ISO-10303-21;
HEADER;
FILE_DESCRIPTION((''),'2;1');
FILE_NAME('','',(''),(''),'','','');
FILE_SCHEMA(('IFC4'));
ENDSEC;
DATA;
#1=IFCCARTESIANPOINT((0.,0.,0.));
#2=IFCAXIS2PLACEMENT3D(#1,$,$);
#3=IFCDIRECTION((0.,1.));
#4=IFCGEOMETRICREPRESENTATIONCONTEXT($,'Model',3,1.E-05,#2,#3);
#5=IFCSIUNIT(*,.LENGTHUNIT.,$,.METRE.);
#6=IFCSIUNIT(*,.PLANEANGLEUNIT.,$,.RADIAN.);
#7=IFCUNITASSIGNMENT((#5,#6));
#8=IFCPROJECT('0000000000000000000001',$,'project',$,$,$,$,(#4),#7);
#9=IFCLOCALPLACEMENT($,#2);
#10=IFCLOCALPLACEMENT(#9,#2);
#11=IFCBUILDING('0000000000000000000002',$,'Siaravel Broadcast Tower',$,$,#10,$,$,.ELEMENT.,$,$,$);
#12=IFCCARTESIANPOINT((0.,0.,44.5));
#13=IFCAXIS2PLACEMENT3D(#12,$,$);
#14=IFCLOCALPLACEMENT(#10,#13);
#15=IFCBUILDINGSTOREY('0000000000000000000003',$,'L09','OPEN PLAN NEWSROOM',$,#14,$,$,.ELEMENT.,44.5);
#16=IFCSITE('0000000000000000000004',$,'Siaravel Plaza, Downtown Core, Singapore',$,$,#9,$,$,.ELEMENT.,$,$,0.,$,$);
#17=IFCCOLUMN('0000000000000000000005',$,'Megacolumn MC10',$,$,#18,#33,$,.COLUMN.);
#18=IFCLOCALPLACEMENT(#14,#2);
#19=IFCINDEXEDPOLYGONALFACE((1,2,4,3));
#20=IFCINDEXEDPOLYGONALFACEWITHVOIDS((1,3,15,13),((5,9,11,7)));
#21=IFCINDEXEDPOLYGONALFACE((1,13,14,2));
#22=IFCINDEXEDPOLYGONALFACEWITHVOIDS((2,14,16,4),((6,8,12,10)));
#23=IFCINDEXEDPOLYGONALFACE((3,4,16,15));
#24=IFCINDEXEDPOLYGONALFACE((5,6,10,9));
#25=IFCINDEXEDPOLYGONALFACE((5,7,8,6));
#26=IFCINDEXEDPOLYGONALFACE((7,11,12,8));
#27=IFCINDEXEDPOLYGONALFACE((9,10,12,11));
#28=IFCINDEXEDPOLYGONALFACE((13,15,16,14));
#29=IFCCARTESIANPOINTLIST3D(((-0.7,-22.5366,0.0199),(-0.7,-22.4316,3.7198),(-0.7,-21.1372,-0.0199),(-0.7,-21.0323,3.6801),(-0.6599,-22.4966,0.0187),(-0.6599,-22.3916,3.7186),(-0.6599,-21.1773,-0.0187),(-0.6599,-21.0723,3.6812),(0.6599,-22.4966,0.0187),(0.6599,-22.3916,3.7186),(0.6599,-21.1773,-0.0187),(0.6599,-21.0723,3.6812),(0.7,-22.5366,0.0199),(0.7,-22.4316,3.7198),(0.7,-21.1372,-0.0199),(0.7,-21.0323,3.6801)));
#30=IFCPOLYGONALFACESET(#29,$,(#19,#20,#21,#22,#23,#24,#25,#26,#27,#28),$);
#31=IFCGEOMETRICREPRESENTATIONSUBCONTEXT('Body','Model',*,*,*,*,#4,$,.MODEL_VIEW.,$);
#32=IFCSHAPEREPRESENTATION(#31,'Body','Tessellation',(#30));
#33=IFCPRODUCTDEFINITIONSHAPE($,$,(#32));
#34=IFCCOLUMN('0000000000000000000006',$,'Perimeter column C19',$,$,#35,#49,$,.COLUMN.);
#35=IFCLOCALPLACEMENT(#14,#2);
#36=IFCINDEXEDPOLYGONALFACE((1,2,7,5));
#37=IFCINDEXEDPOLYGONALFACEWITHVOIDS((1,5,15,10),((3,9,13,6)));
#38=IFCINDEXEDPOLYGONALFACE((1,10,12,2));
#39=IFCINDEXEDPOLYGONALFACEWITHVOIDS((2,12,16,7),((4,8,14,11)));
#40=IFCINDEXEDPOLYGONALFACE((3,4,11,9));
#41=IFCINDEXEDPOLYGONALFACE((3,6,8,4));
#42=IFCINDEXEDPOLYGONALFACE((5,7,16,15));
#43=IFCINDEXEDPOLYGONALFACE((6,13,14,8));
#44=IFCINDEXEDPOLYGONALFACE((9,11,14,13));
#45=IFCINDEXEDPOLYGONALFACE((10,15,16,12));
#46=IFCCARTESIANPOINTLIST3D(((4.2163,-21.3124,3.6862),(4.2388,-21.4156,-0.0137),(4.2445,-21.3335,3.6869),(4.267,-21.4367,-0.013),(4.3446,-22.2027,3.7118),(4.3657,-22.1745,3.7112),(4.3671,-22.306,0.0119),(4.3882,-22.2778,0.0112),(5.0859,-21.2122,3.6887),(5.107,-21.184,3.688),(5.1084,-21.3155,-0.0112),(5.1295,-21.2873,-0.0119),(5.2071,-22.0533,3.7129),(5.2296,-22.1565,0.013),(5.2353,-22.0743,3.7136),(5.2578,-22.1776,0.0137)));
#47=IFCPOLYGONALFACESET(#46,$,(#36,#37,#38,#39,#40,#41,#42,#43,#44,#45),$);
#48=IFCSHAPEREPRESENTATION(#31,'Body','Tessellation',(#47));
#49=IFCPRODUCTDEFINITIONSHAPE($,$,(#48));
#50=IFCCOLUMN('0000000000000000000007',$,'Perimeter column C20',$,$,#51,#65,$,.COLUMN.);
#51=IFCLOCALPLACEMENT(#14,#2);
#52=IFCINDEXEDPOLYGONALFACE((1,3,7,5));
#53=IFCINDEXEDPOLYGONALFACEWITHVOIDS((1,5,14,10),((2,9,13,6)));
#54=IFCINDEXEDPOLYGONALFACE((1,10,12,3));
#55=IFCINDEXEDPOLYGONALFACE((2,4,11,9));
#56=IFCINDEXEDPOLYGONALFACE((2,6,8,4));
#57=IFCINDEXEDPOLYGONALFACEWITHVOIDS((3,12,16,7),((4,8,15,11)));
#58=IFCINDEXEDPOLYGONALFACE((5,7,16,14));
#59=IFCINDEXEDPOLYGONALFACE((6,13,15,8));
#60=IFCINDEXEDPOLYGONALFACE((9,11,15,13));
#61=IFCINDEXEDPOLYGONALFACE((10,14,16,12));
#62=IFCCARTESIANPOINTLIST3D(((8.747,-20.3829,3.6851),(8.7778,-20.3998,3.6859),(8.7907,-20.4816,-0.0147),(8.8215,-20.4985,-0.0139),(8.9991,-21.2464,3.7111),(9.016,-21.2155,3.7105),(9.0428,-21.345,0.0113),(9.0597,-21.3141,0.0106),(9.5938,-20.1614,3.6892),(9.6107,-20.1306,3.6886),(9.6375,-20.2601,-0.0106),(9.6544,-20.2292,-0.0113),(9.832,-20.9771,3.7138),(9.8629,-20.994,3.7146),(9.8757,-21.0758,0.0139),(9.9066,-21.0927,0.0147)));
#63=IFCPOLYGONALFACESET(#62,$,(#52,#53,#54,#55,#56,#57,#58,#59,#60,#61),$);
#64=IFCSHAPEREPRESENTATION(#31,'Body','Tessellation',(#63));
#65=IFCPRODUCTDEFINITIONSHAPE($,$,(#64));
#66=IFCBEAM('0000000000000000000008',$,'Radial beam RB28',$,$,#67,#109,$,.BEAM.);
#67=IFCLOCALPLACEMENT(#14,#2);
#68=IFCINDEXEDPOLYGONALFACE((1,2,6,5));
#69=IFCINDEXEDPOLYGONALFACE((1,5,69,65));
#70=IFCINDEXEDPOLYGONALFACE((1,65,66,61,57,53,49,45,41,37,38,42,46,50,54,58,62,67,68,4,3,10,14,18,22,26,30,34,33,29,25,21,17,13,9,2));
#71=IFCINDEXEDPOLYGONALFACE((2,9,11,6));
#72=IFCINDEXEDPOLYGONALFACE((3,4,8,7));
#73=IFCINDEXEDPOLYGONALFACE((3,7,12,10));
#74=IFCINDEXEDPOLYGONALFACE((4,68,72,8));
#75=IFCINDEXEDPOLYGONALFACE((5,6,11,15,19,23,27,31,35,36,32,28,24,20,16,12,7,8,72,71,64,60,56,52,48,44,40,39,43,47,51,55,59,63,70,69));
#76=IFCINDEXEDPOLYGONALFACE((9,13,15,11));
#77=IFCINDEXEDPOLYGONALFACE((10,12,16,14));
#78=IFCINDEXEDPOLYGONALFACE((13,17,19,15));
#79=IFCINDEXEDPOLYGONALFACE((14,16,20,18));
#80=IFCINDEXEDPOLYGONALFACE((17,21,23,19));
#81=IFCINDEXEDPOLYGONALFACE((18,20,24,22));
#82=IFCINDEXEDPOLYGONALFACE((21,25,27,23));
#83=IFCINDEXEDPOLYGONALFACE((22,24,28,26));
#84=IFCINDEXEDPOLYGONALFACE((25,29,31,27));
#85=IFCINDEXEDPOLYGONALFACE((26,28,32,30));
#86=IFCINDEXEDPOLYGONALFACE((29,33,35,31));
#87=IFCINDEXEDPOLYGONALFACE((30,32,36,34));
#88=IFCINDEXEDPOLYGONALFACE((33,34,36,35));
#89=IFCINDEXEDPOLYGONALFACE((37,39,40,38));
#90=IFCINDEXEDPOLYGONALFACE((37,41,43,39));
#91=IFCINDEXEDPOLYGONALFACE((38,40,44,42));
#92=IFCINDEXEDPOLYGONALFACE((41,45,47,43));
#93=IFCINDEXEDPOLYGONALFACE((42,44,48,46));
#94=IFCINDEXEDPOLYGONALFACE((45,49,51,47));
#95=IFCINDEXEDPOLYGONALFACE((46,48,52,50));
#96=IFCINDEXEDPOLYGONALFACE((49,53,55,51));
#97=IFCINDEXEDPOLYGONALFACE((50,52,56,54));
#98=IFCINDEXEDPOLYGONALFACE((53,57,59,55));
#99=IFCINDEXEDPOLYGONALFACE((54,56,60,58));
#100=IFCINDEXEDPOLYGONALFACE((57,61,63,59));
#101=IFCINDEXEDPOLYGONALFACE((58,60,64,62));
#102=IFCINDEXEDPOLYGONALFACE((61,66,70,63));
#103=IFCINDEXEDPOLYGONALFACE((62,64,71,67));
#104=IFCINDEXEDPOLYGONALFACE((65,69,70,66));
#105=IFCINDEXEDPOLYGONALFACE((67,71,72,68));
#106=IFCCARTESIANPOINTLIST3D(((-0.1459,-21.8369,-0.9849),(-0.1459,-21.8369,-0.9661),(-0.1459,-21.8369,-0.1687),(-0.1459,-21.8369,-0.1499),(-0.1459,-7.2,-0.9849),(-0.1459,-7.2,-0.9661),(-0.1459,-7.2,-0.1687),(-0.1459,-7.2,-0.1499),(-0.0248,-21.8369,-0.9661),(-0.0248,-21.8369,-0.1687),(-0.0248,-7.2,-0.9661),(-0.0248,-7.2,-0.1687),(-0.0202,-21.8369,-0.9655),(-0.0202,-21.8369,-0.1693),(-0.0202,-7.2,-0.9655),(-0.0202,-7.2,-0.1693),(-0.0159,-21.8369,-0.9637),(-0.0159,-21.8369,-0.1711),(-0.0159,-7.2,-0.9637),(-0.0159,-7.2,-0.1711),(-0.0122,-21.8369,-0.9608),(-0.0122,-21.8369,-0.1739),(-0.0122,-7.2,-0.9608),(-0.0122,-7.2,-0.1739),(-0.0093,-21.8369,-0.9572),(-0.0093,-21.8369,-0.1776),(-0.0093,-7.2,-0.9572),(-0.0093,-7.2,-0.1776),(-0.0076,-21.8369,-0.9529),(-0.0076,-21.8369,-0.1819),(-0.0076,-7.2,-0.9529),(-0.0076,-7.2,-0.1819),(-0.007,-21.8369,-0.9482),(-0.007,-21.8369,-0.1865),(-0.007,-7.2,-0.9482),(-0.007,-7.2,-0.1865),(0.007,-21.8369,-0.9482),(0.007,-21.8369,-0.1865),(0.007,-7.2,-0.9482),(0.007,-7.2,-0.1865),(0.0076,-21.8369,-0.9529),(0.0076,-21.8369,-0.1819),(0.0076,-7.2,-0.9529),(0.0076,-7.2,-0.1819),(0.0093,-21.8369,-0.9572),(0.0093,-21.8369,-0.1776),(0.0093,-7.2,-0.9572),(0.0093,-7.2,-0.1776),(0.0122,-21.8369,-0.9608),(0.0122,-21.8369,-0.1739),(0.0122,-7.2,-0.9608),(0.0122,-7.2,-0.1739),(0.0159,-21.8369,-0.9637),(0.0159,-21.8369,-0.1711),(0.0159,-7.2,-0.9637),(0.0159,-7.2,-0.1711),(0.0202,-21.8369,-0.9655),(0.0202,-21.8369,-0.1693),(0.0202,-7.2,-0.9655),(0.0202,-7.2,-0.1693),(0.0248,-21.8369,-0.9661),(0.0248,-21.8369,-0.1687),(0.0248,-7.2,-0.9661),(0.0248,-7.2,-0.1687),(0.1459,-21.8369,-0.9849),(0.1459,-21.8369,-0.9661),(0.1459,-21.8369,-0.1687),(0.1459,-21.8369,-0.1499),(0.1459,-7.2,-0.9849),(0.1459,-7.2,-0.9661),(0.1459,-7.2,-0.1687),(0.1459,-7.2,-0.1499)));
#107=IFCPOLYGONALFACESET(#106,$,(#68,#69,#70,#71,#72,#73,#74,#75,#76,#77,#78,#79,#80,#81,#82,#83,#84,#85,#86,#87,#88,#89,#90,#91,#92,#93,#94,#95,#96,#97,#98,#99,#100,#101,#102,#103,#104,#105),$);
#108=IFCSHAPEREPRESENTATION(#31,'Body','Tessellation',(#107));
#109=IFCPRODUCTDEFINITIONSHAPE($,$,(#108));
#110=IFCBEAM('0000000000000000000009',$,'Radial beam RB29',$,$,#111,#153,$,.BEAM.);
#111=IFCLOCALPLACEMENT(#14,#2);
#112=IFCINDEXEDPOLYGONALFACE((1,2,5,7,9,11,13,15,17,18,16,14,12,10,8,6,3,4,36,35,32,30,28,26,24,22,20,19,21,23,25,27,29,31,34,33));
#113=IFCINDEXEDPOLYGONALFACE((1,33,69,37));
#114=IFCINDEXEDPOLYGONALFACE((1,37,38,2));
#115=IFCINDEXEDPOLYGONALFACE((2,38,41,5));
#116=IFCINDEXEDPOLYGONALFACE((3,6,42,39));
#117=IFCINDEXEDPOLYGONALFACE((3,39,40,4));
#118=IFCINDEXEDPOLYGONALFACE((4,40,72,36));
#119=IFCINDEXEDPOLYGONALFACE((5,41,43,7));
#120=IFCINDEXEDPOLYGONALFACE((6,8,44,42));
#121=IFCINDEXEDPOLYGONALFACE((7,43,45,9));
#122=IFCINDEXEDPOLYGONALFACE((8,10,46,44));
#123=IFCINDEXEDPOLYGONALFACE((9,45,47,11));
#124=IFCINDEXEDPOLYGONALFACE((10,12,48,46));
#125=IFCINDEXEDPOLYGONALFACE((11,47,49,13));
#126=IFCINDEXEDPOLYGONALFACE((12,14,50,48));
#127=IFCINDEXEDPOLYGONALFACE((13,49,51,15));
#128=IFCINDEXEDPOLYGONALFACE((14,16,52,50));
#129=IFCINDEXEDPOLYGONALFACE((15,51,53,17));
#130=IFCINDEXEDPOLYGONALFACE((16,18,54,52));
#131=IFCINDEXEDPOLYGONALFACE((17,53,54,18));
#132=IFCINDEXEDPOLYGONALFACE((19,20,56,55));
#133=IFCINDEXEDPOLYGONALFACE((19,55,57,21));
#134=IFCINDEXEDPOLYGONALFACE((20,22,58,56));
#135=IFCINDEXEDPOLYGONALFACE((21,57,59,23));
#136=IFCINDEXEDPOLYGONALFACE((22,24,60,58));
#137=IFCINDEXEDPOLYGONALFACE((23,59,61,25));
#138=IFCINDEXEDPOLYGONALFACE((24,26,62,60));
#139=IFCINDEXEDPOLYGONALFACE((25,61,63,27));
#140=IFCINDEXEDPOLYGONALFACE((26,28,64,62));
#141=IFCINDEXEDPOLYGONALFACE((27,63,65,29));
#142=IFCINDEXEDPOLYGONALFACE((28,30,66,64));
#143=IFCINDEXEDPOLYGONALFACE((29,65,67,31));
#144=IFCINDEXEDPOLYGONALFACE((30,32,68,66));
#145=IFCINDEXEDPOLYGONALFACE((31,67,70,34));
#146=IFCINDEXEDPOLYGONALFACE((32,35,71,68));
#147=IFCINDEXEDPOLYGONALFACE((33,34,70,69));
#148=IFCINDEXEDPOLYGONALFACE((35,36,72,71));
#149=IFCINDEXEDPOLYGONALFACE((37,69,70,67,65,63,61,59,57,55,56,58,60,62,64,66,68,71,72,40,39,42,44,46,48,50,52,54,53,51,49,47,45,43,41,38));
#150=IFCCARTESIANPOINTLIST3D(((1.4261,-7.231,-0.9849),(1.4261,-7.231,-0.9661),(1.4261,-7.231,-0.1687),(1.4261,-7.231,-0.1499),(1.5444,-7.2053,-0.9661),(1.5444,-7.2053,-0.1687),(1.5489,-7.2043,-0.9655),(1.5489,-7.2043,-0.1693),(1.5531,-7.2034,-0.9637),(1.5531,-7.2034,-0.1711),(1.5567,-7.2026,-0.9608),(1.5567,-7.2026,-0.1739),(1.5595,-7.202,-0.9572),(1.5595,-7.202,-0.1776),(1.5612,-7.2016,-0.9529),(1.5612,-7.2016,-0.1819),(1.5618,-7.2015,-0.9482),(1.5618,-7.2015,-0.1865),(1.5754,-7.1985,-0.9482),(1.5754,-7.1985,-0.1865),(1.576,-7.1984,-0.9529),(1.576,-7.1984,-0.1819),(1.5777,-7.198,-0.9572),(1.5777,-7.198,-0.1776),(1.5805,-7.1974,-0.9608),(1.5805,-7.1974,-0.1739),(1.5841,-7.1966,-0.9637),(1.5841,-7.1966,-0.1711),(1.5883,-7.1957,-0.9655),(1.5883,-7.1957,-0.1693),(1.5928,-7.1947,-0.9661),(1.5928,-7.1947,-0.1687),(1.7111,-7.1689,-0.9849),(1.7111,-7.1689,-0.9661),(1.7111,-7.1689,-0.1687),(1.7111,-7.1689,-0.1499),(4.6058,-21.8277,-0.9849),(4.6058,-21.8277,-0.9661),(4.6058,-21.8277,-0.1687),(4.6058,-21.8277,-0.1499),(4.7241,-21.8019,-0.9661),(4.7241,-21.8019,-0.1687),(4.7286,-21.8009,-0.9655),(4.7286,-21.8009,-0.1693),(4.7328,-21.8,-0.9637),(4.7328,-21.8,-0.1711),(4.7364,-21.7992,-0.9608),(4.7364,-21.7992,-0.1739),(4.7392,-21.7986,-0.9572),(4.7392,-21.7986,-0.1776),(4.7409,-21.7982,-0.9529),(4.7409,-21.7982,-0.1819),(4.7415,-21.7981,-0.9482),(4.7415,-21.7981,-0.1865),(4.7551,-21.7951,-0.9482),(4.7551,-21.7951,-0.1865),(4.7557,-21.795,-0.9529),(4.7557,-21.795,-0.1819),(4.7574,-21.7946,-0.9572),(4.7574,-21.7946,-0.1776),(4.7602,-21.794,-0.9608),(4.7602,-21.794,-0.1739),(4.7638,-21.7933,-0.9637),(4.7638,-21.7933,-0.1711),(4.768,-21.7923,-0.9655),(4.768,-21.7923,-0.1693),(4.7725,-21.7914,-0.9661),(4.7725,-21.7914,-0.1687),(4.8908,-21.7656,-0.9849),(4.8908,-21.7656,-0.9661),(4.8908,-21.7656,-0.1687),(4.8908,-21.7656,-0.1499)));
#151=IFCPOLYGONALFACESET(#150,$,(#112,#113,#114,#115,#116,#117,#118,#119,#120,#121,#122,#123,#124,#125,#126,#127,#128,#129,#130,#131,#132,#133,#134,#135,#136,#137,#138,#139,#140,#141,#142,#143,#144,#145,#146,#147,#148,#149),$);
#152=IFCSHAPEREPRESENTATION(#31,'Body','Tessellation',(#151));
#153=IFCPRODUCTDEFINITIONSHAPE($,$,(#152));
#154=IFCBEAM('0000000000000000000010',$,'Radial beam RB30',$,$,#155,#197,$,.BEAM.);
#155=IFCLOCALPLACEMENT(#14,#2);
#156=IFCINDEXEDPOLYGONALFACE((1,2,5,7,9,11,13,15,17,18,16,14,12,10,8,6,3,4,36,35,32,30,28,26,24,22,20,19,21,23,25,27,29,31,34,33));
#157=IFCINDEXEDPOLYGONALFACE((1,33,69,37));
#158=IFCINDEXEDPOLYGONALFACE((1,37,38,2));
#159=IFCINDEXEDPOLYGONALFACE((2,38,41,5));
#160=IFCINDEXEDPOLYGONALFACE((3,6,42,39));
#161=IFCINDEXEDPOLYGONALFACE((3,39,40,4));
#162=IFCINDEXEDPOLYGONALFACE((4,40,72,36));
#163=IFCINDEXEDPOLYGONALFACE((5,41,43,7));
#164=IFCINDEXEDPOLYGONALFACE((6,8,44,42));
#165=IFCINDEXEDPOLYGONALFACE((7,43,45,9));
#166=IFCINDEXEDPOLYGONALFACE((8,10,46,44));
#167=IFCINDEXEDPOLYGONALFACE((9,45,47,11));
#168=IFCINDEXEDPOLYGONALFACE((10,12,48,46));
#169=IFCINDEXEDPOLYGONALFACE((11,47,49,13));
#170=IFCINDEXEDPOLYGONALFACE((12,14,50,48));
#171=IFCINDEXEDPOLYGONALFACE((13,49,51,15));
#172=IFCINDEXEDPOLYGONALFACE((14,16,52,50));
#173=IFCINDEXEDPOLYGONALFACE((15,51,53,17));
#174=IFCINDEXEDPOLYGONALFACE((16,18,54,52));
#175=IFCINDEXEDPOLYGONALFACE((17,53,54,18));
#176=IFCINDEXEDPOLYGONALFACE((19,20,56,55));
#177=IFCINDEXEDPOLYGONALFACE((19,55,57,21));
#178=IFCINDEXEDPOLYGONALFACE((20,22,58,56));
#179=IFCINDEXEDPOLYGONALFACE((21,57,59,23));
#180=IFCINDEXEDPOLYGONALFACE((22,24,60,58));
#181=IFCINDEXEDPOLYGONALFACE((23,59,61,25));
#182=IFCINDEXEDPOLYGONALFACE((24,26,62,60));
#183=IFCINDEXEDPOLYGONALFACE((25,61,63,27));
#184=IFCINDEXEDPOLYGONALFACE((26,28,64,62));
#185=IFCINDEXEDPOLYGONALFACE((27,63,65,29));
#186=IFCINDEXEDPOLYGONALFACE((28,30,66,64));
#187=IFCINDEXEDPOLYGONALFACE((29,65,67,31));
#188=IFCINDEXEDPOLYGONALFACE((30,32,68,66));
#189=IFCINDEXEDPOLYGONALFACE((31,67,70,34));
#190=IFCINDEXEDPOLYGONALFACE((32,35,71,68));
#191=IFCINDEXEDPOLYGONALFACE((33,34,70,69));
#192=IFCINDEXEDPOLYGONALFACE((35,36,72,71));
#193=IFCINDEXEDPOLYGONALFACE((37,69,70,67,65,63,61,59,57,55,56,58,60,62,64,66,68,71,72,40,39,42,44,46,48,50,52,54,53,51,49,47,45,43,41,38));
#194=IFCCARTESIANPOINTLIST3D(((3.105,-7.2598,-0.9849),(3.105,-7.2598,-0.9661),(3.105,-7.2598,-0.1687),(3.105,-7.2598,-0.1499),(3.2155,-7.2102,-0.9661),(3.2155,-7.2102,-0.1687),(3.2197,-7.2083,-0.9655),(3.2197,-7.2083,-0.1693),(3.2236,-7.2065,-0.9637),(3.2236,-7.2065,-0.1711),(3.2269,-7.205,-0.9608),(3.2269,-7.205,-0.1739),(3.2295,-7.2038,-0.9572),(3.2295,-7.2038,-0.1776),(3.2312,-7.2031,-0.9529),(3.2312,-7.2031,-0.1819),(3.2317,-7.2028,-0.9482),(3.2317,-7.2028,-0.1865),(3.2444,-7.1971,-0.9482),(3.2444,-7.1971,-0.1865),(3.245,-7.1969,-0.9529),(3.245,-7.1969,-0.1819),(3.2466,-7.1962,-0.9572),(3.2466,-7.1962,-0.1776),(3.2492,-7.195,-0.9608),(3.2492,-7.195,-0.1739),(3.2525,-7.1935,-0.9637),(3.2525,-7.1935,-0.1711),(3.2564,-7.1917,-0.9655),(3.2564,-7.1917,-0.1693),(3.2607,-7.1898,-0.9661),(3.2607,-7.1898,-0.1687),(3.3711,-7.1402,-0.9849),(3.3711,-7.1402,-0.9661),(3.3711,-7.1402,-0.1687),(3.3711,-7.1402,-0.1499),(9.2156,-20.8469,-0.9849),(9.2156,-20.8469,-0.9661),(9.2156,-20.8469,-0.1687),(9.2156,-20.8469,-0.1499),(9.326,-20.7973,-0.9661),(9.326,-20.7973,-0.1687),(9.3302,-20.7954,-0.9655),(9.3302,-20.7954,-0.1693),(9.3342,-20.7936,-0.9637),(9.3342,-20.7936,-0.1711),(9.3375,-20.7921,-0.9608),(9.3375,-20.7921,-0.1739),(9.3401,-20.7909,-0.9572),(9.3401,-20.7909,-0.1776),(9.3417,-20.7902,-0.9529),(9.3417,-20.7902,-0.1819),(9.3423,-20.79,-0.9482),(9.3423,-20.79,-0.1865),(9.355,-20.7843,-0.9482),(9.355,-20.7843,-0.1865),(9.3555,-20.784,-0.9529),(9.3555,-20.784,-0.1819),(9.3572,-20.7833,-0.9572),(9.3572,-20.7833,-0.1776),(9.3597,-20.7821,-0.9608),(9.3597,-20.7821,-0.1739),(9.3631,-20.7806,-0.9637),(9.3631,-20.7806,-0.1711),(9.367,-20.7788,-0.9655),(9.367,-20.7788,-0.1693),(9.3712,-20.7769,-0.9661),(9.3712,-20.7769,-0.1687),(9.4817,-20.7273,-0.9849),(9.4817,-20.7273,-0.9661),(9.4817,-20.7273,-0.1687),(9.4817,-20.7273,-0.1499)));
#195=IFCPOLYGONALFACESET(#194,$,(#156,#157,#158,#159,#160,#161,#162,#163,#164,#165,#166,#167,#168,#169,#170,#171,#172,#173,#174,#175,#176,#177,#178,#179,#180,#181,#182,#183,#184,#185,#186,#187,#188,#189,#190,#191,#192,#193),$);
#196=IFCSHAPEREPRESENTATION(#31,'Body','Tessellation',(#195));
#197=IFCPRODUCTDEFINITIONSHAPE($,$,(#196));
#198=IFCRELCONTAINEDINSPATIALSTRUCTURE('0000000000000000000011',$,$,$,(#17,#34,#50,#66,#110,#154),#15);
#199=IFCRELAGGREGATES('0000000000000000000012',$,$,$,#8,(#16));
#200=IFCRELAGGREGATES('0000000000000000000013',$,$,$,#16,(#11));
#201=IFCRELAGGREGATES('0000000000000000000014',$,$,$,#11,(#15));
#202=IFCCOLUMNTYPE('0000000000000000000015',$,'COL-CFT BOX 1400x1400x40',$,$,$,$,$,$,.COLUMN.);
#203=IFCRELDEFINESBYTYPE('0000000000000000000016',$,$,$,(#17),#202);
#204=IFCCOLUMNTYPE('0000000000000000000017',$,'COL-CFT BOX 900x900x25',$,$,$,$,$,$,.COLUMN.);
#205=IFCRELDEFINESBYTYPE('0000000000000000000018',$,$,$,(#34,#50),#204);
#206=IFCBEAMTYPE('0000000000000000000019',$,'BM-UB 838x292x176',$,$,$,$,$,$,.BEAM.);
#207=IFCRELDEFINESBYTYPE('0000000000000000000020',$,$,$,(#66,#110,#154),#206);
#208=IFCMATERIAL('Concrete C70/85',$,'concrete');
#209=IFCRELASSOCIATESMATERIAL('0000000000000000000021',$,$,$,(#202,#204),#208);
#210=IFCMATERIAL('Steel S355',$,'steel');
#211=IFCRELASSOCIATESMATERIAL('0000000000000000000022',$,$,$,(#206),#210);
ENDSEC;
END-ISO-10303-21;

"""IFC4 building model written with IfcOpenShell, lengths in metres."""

from ifc_helpers import new_model, si_unit, direction, frame, origin, origin_2d, place, context, subcontext, project, spatial, hollow_rectangle, i_section, extrude, material, material_profile, profile_set, type_object, element, save


model = new_model("IFC4")

# Units and contexts
model_context = context("Model", 3, precision=1e-05, world=origin(), true_north=direction((0.0, 1.0)))
body_context = subcontext(model_context, "Body", "Model", "MODEL_VIEW")
ifc_project = project(units=[si_unit("LENGTHUNIT", "METRE"), si_unit("PLANEANGLEUNIT", "RADIAN")], contexts=[model_context])

# Site, building, storey
site_placement = place(None, origin())
site = spatial("IfcSite", under=ifc_project, at=site_placement, Name="Siaravel Plaza, Downtown Core, Singapore", CompositionType="ELEMENT", RefElevation=0.0)
building_placement = place(site_placement, origin())
building = spatial("IfcBuilding", under=site, at=building_placement, Name="Siaravel Broadcast Tower", CompositionType="ELEMENT")
storey_placement = place(building_placement, frame((0.0, 0.0, 44.5)))
storey = spatial("IfcBuildingStorey", under=building, at=storey_placement, Name="L09", Description="OPEN PLAN NEWSROOM", CompositionType="ELEMENT", Elevation=44.5)

# Columns
ifc_material_1 = material(Name="Concrete C70/85", Category="concrete")
ifc_material_profile_1 = material_profile(ifc_material_1, hollow_rectangle(XDim=1.3999, YDim=1.3999, WallThickness=0.04, at=origin_2d()))
ifc_profile_set_1 = profile_set([ifc_material_profile_1], Name="Concrete C70/85")
column_type_1 = type_object("IfcColumnType", Name="COL-CFT BOX 1400x1400x40", PredefinedType="COLUMN", material=ifc_profile_set_1)
column_placement = place(storey_placement, frame((0.0, -21.8369, 0.0), z_axis=(0.0, 0.028362, 0.999598), x_axis=(-1.0, 0.0, 0.0)))
element("IfcColumn", 1, at=column_placement, inside=storey, type_object=column_type_1, Name="Megacolumn MC10", PredefinedType="COLUMN", context=body_context, shape_type="SweptSolid", body=[
    extrude(hollow_rectangle(XDim=1.3999, YDim=1.3999, WallThickness=0.04, at=origin_2d()), origin(), (0.0, 0.0, 1.0), 3.7014),
])
ifc_material_profile_2 = material_profile(ifc_material_1, hollow_rectangle(XDim=0.8999, YDim=0.8999, WallThickness=0.0249, at=origin_2d()))
ifc_profile_set_2 = profile_set([ifc_material_profile_2], Name="Concrete C70/85")
column_type_2 = type_object("IfcColumnType", Name="COL-CFT BOX 900x900x25", PredefinedType="COLUMN", material=ifc_profile_set_2)
for number, where, z_axis, x_axis, name in (
    (2, (4.7483, -21.7966, 0.0), (-0.006068, 0.0279, 0.999592), (-0.989772, -0.142647, -0.002027), "Perimeter column C19"),
    (3, (9.3486, -20.7871, 0.0), (-0.011806, 0.026647, 0.999575), (-0.959867, -0.280428, -0.003862), "Perimeter column C20"),
):
    element("IfcColumn", number, at=place(storey_placement, frame(where, z_axis=z_axis, x_axis=x_axis)), inside=storey, type_object=column_type_2, Name=name, PredefinedType="COLUMN", context=body_context, shape_type="SweptSolid", body=[
        extrude(hollow_rectangle(XDim=0.8999, YDim=0.8999, WallThickness=0.0249, at=origin_2d()), origin(), (0.0, 0.0, 1.0), 3.7014),
    ])

# Beams
ifc_material_2 = material(Name="Steel S355", Category="steel")
ifc_material_profile_3 = material_profile(ifc_material_2, i_section(OverallWidth=0.2917, OverallDepth=0.835, WebThickness=0.0139, FlangeThickness=0.0188, FilletRadius=0.0178, at=origin_2d()))
ifc_profile_set_3 = profile_set([ifc_material_profile_3], Name="Steel S355")
beam_type = type_object("IfcBeamType", Name="BM-UB 838x292x176", PredefinedType="BEAM", material=ifc_profile_set_3)
beam_1_placement = place(storey_placement, frame((0.0, -21.8369, -0.5674), z_axis=(0.0, 1.0, 0.0), x_axis=(-1.0, 0.0, 0.0)))
element("IfcBeam", 4, at=beam_1_placement, inside=storey, type_object=beam_type, Name="Radial beam RB28", PredefinedType="BEAM", context=body_context, shape_type="SweptSolid", body=[
    extrude(i_section(OverallWidth=0.2917, OverallDepth=0.835, WebThickness=0.0139, FlangeThickness=0.0188, FilletRadius=0.0178, at=origin_2d()), origin(), (0.0, 0.0, 1.0), 14.637),
])
beam_2_placement = place(storey_placement, frame((4.7483, -21.7966, -0.5674), z_axis=(-0.212845, 0.977086, 0.0), x_axis=(-0.977086, -0.212845, 0.0)))
element("IfcBeam", 5, at=beam_2_placement, inside=storey, type_object=beam_type, Name="Radial beam RB29", PredefinedType="BEAM", context=body_context, shape_type="SweptSolid", body=[
    extrude(i_section(OverallWidth=0.2917, OverallDepth=0.835, WebThickness=0.0139, FlangeThickness=0.0188, FilletRadius=0.0178, at=origin_2d()), origin(), (0.0, 0.0, 1.0), 14.939),
])
beam_3_placement = place(storey_placement, frame((9.3486, -20.7871, -0.5674), z_axis=(-0.410162, 0.912013, 0.0), x_axis=(-0.912013, -0.410162, 0.0)))
element("IfcBeam", 6, at=beam_3_placement, inside=storey, type_object=beam_type, Name="Radial beam RB30", PredefinedType="BEAM", context=body_context, shape_type="SweptSolid", body=[
    extrude(i_section(OverallWidth=0.2917, OverallDepth=0.835, WebThickness=0.0139, FlangeThickness=0.0188, FilletRadius=0.0178, at=origin_2d()), origin(), (0.0, 0.0, 1.0), 14.8979),
])

save(model, "model.ifc")
